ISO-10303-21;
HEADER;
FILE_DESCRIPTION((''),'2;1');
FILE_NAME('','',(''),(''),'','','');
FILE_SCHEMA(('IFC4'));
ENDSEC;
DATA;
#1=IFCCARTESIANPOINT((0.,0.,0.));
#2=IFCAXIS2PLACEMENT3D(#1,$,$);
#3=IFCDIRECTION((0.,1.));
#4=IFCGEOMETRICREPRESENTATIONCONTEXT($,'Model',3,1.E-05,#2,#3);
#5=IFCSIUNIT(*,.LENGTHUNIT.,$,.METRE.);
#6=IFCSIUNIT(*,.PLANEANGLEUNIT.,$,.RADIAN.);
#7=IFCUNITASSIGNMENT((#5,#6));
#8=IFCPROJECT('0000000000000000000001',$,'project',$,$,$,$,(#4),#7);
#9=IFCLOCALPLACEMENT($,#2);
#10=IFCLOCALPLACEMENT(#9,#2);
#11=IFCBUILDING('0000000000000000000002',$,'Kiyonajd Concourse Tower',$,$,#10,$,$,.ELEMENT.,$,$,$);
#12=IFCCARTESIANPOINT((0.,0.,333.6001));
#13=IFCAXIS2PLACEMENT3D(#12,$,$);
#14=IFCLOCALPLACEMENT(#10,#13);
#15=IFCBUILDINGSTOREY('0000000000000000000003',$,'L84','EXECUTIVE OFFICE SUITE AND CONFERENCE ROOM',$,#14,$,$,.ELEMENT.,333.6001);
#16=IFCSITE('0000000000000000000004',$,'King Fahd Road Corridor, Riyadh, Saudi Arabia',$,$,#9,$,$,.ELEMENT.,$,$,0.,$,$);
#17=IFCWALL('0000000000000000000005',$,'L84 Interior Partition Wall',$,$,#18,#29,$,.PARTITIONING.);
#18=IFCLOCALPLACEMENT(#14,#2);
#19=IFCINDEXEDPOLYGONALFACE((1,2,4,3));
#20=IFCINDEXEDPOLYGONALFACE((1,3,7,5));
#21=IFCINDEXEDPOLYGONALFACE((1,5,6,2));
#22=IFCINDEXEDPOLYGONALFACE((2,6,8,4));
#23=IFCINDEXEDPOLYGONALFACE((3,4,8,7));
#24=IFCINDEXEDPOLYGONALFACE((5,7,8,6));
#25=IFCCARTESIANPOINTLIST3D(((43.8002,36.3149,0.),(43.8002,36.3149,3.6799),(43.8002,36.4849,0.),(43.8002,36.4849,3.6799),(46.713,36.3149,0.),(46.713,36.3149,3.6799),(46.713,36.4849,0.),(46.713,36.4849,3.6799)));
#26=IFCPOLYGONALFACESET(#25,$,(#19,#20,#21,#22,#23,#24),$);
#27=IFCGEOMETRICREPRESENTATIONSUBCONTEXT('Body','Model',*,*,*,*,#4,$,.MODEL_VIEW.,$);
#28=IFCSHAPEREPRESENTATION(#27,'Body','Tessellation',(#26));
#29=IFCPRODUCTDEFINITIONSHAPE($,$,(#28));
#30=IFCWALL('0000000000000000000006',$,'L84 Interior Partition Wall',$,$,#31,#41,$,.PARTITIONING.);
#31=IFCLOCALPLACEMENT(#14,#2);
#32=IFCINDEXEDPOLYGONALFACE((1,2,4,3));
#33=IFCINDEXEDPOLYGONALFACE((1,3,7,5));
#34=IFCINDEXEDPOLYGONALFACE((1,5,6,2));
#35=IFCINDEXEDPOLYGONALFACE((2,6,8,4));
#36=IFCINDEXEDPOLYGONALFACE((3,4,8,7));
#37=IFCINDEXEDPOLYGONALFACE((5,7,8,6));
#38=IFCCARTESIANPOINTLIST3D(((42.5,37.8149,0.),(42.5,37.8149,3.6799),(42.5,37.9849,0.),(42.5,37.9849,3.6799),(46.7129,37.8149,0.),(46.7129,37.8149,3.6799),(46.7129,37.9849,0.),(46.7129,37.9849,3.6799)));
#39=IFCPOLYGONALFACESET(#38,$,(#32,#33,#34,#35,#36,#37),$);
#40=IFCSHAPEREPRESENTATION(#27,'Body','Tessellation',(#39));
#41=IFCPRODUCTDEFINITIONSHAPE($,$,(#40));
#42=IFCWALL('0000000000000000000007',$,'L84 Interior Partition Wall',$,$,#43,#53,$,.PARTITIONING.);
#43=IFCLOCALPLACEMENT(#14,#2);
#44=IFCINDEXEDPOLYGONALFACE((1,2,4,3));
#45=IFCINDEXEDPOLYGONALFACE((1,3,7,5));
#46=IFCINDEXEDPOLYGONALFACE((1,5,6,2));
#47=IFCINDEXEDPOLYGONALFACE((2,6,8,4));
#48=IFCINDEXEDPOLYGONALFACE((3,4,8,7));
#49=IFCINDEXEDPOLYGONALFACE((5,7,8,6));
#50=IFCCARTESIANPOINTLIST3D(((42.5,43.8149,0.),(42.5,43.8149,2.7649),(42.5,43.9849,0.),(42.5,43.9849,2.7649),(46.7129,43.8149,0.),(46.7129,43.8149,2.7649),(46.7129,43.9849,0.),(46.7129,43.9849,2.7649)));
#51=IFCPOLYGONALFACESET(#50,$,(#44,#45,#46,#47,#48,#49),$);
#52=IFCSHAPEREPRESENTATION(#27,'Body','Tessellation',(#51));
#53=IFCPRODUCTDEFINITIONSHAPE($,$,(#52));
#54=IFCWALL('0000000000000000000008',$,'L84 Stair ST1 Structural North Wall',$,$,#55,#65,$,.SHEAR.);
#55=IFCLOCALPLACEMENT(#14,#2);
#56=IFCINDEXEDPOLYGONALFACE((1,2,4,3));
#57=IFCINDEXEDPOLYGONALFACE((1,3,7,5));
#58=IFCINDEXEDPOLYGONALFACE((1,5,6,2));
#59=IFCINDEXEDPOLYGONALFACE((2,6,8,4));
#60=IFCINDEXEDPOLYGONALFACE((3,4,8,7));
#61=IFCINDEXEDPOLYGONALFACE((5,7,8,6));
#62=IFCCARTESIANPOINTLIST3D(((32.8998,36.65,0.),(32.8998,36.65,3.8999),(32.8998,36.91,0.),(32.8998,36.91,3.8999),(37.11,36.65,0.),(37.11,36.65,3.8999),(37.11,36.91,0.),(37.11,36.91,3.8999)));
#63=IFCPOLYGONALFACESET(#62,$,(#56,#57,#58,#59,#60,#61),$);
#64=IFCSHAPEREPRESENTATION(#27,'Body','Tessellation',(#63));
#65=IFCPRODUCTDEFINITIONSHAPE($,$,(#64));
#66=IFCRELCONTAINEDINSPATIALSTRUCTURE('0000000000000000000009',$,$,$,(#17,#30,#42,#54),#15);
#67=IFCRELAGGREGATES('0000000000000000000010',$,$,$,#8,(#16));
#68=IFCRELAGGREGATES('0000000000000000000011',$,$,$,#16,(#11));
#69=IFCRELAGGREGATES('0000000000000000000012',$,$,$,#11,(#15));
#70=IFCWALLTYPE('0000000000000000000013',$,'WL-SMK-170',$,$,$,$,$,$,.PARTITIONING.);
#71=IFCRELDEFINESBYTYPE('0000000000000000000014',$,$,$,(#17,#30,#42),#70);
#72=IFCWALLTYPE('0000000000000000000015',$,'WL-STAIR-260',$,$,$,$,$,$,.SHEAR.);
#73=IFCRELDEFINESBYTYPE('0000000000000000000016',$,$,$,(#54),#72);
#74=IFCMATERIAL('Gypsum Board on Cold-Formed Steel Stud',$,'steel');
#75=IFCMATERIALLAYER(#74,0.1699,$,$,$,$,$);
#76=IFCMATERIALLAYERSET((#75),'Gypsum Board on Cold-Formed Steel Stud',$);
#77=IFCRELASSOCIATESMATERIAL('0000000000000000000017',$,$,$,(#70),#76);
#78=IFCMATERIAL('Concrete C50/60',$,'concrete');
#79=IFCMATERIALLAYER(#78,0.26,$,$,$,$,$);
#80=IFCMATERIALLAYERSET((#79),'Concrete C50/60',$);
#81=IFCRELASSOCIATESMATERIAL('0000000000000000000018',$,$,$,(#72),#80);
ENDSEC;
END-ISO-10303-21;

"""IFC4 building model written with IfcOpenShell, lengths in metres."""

from ifc_helpers import new_model, si_unit, direction, frame, frame_2d, origin, place, context, subcontext, project, spatial, rectangle, extrude, material, layer, layer_set, type_object, element, save


model = new_model("IFC4")

# Units and contexts
model_context = context("Model", 3, precision=1e-05, world=origin(), true_north=direction((0.0, 1.0)))
body_context = subcontext(model_context, "Body", "Model", "MODEL_VIEW")
ifc_project = project(units=[si_unit("LENGTHUNIT", "METRE"), si_unit("PLANEANGLEUNIT", "RADIAN")], contexts=[model_context])

# Site, building, storey
site_placement = place(None, origin())
site = spatial("IfcSite", under=ifc_project, at=site_placement, Name="King Fahd Road Corridor, Riyadh, Saudi Arabia", CompositionType="ELEMENT", RefElevation=0.0)
building_placement = place(site_placement, origin())
building = spatial("IfcBuilding", under=site, at=building_placement, Name="Kiyonajd Concourse Tower", CompositionType="ELEMENT")
storey_placement = place(building_placement, frame((0.0, 0.0, 333.6001)))
storey = spatial("IfcBuildingStorey", under=building, at=storey_placement, Name="L84", Description="EXECUTIVE OFFICE SUITE AND CONFERENCE ROOM", CompositionType="ELEMENT", Elevation=333.6001)

# Shared definitions
ifc_material_1 = material(Name="Gypsum Board on Cold-Formed Steel Stud", Category="steel")

# Shared definitions
ifc_layer_1 = layer(ifc_material_1, 0.1699)
ifc_layer_set_1 = layer_set([ifc_layer_1], Name="Gypsum Board on Cold-Formed Steel Stud")
wall_type_1 = type_object("IfcWallType", Name="WL-SMK-170", PredefinedType="PARTITIONING", material=ifc_layer_set_1)

# Walls
wall_1_placement = place(storey_placement, frame((43.8, 36.3999, 0.0), z_axis=(0.0, 0.0, 1.0), x_axis=(1.0, 0.0, 0.0)))
element("IfcWall", 1, at=wall_1_placement, inside=storey, type_object=wall_type_1, Name="L84 Interior Partition Wall", PredefinedType="PARTITIONING", context=body_context, shape_type="SweptSolid", body=[
    extrude(rectangle(XDim=2.9128, YDim=0.1699, at=frame_2d((1.4565, 0.0))), origin(), (0.0, 0.0, 1.0), 3.6799),
])
wall_2_placement = place(storey_placement, frame((42.5, 37.8999, 0.0), z_axis=(0.0, 0.0, 1.0), x_axis=(1.0, 0.0, 0.0)))
element("IfcWall", 2, at=wall_2_placement, inside=storey, type_object=wall_type_1, Name="L84 Interior Partition Wall", PredefinedType="PARTITIONING", context=body_context, shape_type="SweptSolid", body=[
    extrude(rectangle(XDim=4.2129, YDim=0.1699, at=frame_2d((2.1064, 0.0))), origin(), (0.0, 0.0, 1.0), 3.6799),
])
wall_3_placement = place(storey_placement, frame((42.5, 43.8999, 0.0), z_axis=(0.0, 0.0, 1.0), x_axis=(1.0, 0.0, 0.0)))
element("IfcWall", 3, at=wall_3_placement, inside=storey, type_object=wall_type_1, Name="L84 Interior Partition Wall", PredefinedType="PARTITIONING", context=body_context, shape_type="SweptSolid", body=[
    extrude(rectangle(XDim=4.2129, YDim=0.1699, at=frame_2d((2.1064, 0.0))), origin(), (0.0, 0.0, 1.0), 2.7649),
])
ifc_material_2 = material(Name="Concrete C50/60", Category="concrete")
ifc_layer_2 = layer(ifc_material_2, 0.26)
ifc_layer_set_2 = layer_set([ifc_layer_2], Name="Concrete C50/60")
wall_type_2 = type_object("IfcWallType", Name="WL-STAIR-260", PredefinedType="SHEAR", material=ifc_layer_set_2)
wall_4_placement = place(storey_placement, frame((32.8999, 36.78, 0.0), z_axis=(0.0, 0.0, 1.0), x_axis=(1.0, 0.0, 0.0)))
element("IfcWall", 4, at=wall_4_placement, inside=storey, type_object=wall_type_2, Name="L84 Stair ST1 Structural North Wall", PredefinedType="SHEAR", context=body_context, shape_type="SweptSolid", body=[
    extrude(rectangle(XDim=4.2102, YDim=0.26, at=frame_2d((2.105, 0.0))), origin(), (0.0, 0.0, 1.0), 3.8999),
])

save(model, "model.ifc")
